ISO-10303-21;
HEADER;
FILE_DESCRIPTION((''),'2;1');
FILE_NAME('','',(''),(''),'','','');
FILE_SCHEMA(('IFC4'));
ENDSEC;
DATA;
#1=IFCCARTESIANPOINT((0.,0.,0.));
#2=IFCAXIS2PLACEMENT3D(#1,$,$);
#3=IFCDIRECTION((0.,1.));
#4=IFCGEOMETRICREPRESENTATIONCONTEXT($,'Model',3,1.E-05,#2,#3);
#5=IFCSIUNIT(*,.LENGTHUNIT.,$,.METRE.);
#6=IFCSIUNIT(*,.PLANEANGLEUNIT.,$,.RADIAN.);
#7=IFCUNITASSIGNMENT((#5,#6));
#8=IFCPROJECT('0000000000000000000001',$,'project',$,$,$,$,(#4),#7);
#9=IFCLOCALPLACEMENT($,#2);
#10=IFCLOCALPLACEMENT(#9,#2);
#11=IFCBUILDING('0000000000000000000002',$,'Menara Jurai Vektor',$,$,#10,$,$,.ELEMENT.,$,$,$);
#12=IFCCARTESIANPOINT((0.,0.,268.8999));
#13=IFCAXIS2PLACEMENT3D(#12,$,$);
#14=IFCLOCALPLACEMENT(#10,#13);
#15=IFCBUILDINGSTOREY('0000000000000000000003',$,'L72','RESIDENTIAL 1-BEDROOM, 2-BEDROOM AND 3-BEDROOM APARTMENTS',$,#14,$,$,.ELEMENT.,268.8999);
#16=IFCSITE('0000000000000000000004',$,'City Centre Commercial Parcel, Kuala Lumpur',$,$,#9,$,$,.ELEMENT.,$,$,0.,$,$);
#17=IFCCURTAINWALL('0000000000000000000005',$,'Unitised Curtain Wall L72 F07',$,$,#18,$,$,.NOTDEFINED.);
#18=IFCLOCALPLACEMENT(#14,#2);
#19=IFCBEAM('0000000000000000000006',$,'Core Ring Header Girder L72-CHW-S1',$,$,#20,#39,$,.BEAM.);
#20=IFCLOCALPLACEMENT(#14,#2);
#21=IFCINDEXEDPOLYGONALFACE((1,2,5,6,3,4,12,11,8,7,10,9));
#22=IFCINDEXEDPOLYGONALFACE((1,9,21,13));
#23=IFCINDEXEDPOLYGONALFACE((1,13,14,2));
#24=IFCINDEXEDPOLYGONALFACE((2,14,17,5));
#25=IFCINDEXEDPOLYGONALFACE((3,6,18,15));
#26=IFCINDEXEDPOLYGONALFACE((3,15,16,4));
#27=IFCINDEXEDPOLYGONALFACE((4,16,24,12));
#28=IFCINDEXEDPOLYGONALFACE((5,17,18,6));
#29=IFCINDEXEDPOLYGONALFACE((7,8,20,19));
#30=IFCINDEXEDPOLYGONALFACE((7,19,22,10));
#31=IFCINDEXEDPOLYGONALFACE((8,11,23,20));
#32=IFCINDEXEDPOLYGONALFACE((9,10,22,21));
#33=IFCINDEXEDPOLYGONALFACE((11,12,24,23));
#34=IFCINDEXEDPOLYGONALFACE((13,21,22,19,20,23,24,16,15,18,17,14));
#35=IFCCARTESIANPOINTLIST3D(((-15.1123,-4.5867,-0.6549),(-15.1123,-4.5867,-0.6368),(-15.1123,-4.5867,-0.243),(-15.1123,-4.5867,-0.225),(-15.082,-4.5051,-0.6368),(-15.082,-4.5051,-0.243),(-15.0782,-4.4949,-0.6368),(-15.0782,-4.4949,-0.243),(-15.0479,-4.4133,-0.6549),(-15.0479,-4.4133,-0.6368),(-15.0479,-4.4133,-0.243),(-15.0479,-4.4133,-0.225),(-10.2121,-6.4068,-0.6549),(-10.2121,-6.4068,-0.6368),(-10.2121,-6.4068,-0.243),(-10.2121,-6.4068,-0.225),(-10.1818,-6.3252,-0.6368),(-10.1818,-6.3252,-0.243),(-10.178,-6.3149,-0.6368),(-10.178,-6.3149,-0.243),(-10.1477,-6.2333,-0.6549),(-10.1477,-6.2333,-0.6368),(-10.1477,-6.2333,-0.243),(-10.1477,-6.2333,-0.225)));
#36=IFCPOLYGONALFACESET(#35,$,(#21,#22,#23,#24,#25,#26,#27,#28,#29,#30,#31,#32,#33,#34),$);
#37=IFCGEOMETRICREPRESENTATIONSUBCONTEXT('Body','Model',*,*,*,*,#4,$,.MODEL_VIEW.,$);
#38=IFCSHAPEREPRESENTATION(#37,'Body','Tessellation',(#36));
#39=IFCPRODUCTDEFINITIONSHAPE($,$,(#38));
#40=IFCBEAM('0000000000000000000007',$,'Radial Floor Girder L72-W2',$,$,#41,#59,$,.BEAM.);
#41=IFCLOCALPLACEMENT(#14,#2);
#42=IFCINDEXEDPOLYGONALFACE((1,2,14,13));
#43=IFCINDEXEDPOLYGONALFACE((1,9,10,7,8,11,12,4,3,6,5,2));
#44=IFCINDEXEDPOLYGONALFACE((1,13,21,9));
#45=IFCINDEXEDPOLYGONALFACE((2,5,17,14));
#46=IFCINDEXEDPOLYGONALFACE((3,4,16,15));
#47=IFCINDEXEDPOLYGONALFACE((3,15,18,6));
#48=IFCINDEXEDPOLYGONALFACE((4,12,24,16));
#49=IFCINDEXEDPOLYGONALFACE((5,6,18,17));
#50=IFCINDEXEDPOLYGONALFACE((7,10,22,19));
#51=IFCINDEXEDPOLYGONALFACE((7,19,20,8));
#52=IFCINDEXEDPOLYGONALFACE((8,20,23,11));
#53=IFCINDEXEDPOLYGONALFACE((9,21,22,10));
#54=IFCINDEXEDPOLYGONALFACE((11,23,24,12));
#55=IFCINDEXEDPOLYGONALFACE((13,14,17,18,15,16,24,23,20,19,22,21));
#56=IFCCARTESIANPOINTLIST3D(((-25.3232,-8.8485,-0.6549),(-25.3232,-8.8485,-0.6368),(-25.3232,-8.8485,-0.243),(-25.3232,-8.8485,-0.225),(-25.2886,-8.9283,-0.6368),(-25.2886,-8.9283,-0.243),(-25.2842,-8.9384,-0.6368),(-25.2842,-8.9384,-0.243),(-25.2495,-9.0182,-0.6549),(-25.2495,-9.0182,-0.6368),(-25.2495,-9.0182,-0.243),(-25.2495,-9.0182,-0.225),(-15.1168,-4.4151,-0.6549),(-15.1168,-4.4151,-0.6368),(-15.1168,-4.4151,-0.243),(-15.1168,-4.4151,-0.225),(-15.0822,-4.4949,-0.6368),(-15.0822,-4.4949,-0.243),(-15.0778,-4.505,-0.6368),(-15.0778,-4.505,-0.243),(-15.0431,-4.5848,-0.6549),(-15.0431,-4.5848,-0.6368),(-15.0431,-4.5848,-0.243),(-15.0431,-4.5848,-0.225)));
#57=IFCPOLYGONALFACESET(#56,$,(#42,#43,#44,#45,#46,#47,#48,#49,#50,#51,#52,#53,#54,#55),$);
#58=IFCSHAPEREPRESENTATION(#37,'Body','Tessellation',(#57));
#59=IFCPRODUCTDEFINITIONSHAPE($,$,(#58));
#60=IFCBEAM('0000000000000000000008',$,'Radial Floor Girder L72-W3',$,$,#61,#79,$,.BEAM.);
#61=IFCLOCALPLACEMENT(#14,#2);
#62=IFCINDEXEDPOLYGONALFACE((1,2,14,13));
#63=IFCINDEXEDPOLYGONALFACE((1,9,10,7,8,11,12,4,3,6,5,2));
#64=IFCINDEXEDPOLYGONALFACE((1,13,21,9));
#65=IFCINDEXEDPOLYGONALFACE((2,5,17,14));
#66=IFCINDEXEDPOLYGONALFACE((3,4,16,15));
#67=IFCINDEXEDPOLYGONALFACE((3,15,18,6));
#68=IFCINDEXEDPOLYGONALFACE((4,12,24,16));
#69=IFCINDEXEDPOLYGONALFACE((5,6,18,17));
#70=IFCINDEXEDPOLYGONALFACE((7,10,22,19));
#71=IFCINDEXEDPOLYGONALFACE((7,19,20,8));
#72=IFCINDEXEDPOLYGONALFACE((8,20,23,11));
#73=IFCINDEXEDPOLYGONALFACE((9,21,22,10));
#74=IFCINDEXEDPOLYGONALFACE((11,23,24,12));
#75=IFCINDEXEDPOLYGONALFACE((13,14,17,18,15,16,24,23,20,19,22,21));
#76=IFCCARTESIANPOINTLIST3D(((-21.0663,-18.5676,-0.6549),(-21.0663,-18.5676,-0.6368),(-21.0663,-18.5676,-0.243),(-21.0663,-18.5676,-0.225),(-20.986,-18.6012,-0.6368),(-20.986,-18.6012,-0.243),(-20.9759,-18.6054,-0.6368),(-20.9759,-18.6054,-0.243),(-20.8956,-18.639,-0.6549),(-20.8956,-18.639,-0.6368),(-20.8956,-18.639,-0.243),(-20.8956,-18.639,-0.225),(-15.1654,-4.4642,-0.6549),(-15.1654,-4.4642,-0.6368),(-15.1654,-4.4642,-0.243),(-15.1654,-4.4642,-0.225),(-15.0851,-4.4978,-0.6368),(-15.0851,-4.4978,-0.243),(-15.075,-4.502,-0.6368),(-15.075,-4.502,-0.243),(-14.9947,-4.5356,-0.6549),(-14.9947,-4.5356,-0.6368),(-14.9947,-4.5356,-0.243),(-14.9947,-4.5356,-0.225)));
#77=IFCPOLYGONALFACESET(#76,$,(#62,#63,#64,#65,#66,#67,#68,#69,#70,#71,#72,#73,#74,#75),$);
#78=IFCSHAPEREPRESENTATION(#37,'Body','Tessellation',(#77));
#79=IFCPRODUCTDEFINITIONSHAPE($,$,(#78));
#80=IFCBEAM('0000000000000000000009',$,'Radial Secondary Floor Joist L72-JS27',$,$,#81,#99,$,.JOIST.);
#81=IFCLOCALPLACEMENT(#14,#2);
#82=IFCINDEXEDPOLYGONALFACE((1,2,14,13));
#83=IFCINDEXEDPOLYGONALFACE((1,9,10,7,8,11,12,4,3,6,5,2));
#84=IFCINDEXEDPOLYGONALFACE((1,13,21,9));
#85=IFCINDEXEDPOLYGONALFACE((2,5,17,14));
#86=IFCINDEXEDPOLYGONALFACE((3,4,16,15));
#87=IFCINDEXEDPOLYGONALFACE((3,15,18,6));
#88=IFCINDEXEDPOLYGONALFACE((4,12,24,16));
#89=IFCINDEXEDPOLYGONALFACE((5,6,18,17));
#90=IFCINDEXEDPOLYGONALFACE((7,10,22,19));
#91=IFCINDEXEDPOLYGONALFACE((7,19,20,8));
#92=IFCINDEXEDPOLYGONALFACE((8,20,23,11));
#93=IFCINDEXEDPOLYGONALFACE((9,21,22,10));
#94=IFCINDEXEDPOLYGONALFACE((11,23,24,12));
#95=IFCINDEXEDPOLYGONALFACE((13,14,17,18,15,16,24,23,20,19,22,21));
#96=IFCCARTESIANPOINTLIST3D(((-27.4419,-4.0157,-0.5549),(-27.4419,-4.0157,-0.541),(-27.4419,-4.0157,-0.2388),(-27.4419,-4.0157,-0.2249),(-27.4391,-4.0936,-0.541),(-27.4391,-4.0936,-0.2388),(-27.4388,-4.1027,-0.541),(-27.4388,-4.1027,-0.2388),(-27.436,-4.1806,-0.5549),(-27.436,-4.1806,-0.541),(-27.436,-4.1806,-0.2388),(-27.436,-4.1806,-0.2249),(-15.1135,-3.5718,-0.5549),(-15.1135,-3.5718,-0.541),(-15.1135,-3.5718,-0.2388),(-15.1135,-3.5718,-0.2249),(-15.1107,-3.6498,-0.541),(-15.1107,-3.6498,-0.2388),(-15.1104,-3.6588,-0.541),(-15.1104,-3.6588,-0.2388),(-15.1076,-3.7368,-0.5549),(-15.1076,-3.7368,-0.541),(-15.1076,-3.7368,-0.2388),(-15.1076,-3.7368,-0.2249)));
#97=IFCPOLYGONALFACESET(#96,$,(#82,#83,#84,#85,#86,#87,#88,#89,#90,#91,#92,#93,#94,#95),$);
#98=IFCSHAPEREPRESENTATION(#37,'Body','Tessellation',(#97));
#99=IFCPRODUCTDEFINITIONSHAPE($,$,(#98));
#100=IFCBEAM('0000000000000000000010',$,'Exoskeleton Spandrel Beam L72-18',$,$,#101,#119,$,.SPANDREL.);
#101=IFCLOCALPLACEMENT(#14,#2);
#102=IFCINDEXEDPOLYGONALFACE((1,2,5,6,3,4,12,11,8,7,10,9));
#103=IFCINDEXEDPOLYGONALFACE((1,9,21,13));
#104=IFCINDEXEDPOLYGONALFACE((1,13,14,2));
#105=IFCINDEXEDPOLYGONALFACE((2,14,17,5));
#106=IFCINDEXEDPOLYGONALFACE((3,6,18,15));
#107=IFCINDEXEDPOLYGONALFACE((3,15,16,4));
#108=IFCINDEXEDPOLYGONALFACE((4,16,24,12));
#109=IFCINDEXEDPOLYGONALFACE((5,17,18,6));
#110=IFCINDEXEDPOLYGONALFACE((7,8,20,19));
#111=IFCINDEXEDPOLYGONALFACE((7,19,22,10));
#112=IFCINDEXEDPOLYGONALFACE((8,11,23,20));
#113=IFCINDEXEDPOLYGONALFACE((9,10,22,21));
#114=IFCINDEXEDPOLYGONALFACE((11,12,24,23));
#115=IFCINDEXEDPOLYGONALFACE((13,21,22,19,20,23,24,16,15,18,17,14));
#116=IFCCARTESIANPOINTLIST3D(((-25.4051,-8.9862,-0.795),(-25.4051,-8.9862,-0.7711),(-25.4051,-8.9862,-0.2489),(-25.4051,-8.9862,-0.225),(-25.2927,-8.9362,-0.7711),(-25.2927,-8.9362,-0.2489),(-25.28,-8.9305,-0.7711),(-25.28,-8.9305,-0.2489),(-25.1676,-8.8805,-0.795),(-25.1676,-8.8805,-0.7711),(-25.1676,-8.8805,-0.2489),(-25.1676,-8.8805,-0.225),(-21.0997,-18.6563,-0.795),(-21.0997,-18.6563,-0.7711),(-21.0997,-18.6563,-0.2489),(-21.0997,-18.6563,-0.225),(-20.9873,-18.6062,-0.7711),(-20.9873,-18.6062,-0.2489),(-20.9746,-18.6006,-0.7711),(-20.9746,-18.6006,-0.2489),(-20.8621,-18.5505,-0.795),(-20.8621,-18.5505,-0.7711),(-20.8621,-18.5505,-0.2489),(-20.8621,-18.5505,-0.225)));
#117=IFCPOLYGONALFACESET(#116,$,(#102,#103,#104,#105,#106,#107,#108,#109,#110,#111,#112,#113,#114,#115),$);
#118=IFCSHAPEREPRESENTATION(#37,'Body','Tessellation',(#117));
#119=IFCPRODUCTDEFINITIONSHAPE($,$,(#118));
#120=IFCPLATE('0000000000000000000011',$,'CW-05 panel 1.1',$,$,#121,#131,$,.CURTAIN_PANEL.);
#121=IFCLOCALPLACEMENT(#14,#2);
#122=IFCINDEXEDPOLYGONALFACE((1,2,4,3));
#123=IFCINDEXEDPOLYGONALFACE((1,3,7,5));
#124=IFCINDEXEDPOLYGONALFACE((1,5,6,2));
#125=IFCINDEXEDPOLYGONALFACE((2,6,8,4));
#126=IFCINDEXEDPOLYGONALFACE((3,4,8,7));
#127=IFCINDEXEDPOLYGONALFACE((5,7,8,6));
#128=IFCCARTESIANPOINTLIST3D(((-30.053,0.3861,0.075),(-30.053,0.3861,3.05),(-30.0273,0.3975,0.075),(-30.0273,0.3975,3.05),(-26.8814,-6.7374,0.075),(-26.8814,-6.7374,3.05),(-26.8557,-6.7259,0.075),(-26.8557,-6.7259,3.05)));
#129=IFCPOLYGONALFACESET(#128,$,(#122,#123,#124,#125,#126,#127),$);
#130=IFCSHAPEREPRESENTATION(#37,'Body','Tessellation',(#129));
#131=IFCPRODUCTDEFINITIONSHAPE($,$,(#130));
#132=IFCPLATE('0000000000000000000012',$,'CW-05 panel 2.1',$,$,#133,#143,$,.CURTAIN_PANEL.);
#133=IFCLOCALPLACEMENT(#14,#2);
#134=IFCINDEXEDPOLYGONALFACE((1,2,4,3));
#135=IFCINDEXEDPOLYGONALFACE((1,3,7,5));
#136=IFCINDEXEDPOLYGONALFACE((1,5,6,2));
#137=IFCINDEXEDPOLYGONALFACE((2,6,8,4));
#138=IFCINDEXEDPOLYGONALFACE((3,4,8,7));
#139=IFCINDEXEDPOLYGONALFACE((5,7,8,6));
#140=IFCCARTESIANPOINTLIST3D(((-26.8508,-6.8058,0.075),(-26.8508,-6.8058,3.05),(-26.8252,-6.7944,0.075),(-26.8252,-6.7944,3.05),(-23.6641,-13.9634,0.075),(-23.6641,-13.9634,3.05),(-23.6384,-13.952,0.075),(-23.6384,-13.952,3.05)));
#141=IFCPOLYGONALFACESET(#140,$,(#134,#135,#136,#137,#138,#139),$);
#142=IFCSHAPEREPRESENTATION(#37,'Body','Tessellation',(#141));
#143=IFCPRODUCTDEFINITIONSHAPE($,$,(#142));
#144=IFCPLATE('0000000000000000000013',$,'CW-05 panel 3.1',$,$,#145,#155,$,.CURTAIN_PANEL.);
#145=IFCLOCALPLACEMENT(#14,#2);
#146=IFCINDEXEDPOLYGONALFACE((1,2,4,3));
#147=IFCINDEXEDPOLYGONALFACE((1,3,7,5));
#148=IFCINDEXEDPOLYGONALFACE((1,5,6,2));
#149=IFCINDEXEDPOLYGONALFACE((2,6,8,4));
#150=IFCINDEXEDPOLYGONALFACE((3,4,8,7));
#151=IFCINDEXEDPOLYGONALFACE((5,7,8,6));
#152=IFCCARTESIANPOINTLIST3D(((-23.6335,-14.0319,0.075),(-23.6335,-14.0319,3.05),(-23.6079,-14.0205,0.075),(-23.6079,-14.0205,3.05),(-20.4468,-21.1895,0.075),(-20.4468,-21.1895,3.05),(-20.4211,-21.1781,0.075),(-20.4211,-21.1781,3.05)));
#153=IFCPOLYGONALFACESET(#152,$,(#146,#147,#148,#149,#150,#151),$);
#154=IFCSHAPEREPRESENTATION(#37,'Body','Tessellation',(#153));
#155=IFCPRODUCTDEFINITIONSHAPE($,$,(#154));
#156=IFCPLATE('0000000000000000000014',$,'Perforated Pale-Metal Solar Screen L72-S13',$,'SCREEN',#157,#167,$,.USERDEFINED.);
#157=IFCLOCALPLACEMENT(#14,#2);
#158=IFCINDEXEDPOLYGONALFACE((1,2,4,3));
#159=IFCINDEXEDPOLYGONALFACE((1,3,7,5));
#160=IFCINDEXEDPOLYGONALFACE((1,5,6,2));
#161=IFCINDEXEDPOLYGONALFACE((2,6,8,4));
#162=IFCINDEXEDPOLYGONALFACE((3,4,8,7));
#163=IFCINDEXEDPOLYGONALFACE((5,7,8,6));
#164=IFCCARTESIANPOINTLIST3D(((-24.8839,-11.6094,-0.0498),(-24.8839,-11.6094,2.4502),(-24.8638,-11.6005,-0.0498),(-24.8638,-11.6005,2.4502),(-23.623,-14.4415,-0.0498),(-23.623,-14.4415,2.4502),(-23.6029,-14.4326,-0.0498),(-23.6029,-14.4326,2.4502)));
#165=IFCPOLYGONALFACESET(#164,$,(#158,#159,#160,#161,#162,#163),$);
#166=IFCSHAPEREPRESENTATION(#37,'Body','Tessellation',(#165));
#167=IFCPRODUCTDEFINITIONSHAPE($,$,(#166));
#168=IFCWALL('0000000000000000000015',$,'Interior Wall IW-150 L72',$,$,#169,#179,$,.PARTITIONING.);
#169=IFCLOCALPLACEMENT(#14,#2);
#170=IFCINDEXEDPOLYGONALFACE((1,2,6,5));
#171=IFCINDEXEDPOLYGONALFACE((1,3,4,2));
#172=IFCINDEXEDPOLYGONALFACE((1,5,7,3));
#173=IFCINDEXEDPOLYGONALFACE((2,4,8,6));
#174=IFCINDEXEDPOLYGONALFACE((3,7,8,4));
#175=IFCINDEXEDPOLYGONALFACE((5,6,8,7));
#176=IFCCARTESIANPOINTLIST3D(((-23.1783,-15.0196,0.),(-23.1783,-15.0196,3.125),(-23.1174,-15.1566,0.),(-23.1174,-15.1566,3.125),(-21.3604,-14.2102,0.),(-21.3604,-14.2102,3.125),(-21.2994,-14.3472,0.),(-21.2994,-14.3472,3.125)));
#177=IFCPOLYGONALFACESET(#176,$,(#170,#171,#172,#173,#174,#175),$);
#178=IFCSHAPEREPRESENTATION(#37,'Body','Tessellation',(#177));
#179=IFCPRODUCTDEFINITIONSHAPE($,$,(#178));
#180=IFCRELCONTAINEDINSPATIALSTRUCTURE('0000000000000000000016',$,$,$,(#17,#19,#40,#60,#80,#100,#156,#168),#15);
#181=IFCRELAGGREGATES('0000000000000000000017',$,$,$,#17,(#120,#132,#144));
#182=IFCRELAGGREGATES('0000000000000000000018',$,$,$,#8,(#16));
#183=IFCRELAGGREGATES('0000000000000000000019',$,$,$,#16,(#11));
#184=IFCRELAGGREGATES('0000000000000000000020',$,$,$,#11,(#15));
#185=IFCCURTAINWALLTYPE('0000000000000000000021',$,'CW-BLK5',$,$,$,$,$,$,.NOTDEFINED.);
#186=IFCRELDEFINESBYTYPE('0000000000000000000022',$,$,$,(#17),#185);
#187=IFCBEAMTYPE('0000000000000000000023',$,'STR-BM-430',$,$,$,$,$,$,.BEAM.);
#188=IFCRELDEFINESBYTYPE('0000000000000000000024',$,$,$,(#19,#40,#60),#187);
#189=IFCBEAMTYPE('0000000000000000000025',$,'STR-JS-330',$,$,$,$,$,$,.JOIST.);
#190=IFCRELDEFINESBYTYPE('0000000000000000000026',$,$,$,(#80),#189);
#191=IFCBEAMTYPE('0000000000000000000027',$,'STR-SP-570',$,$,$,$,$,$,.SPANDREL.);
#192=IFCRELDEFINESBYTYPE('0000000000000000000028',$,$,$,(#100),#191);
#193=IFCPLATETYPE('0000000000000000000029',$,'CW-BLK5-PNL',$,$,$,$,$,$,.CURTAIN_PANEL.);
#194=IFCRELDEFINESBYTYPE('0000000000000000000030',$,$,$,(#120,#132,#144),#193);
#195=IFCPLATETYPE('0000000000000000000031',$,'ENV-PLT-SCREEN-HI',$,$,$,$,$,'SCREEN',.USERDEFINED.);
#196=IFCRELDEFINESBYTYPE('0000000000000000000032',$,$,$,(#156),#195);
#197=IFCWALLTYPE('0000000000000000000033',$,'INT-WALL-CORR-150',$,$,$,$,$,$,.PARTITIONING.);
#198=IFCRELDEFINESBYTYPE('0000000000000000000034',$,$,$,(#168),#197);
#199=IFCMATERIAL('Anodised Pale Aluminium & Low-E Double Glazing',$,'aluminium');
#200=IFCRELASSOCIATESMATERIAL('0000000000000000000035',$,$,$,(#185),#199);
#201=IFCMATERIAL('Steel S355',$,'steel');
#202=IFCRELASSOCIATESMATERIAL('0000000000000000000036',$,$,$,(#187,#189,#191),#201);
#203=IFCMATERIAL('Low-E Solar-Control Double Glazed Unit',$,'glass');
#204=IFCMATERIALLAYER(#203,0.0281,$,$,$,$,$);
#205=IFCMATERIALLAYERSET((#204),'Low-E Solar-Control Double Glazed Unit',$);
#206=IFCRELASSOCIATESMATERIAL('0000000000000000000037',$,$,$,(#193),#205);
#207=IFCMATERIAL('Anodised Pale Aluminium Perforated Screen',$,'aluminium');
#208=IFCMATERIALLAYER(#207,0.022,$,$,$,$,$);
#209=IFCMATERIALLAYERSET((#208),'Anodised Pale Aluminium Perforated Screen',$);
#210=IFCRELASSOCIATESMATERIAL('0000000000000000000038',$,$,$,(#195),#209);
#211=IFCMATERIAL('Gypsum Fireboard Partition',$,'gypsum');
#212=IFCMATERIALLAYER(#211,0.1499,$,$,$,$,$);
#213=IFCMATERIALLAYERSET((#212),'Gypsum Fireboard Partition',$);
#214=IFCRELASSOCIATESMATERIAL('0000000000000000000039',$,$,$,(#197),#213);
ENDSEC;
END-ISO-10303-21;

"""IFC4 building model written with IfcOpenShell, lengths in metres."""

from ifc_helpers import new_model, si_unit, direction, frame, frame_2d, origin, origin_2d, place, context, subcontext, project, spatial, rectangle, i_section, extrude, material, layer, layer_set, material_profile, profile_set, type_object, element, aggregate, save


model = new_model("IFC4")

# Units and contexts
model_context = context("Model", 3, precision=1e-05, world=origin(), true_north=direction((0.0, 1.0)))
body_context = subcontext(model_context, "Body", "Model", "MODEL_VIEW")
ifc_project = project(units=[si_unit("LENGTHUNIT", "METRE"), si_unit("PLANEANGLEUNIT", "RADIAN")], contexts=[model_context])

# Site, building, storey
site_placement = place(None, origin())
site = spatial("IfcSite", under=ifc_project, at=site_placement, Name="City Centre Commercial Parcel, Kuala Lumpur", CompositionType="ELEMENT", RefElevation=0.0)
building_placement = place(site_placement, origin())
building = spatial("IfcBuilding", under=site, at=building_placement, Name="Menara Jurai Vektor", CompositionType="ELEMENT")
storey_placement = place(building_placement, frame((0.0, 0.0, 268.8999)))
storey = spatial("IfcBuildingStorey", under=building, at=storey_placement, Name="L72", Description="RESIDENTIAL 1-BEDROOM, 2-BEDROOM AND 3-BEDROOM APARTMENTS", CompositionType="ELEMENT", Elevation=268.8999)

# Curtain wall
ifc_material_1 = material(Name="Anodised Pale Aluminium & Low-E Double Glazing", Category="aluminium")
curtain_wall_type = type_object("IfcCurtainWallType", Name="CW-BLK5", PredefinedType="NOTDEFINED", material=ifc_material_1)
curtain_wall_placement = place(storey_placement, origin())
curtain_wall = element("IfcCurtainWall", 1, at=curtain_wall_placement, inside=storey, type_object=curtain_wall_type, Name="Unitised Curtain Wall L72 F07", PredefinedType="NOTDEFINED")

# Beams
ifc_material_2 = material(Name="Steel S355", Category="steel")
ifc_material_profile_1 = material_profile(ifc_material_2, i_section(OverallWidth=0.1851, OverallDepth=0.4299, WebThickness=0.011, FlangeThickness=0.0181, at=origin_2d()), Name="PG 430x185x76")
ifc_profile_set_1 = profile_set([ifc_material_profile_1], Name="Steel S355")
beam_type_1 = type_object("IfcBeamType", Name="STR-BM-430", PredefinedType="BEAM", material=ifc_profile_set_1)
beam_1_placement = place(storey_placement, frame((-15.0801, -4.5, -0.4399), z_axis=(0.937424, -0.348189, 0.0), x_axis=(0.348189, 0.937424, 0.0)))
element("IfcBeam", 2, at=beam_1_placement, inside=storey, type_object=beam_type_1, Name="Core Ring Header Girder L72-CHW-S1", PredefinedType="BEAM", context=body_context, shape_type="SweptSolid", body=[
    extrude(i_section(OverallWidth=0.1851, OverallDepth=0.4299, WebThickness=0.011, FlangeThickness=0.0181, at=origin_2d()), origin(), (0.0, 0.0, 1.0), 5.2273),
])
beam_2_placement = place(storey_placement, frame((-25.2864, -8.9333, -0.4399), z_axis=(0.917207, 0.398411, 0.0), x_axis=(-0.398411, 0.917207, 0.0)))
element("IfcBeam", 3, at=beam_2_placement, inside=storey, type_object=beam_type_1, Name="Radial Floor Girder L72-W2", PredefinedType="BEAM", context=body_context, shape_type="SweptSolid", body=[
    extrude(i_section(OverallWidth=0.1851, OverallDepth=0.4299, WebThickness=0.011, FlangeThickness=0.0181, at=origin_2d()), origin(), (0.0, 0.0, 1.0), 11.1277),
])
beam_3_placement = place(storey_placement, frame((-20.981, -18.6033, -0.4399), z_axis=(0.385981, 0.922507, 0.0), x_axis=(-0.922507, 0.385981, 0.0)))
element("IfcBeam", 4, at=beam_3_placement, inside=storey, type_object=beam_type_1, Name="Radial Floor Girder L72-W3", PredefinedType="BEAM", context=body_context, shape_type="SweptSolid", body=[
    extrude(i_section(OverallWidth=0.1851, OverallDepth=0.4299, WebThickness=0.011, FlangeThickness=0.0181, at=origin_2d()), origin(), (0.0, 0.0, 1.0), 15.2881),
])
ifc_material_profile_2 = material_profile(ifc_material_2, i_section(OverallWidth=0.165, OverallDepth=0.3301, WebThickness=0.009, FlangeThickness=0.0139, at=origin_2d()), Name="PG 330x165x46")
ifc_profile_set_2 = profile_set([ifc_material_profile_2], Name="Steel S355")
beam_type_2 = type_object("IfcBeamType", Name="STR-JS-330", PredefinedType="JOIST", material=ifc_profile_set_2)
beam_4_placement = place(storey_placement, frame((-27.439, -4.0981, -0.3899), z_axis=(0.999353, 0.035979, 0.0), x_axis=(-0.035979, 0.999353, 0.0)))
element("IfcBeam", 5, at=beam_4_placement, inside=storey, type_object=beam_type_2, Name="Radial Secondary Floor Joist L72-JS27", PredefinedType="JOIST", context=body_context, shape_type="SweptSolid", body=[
    extrude(i_section(OverallWidth=0.165, OverallDepth=0.3301, WebThickness=0.009, FlangeThickness=0.0139, at=origin_2d()), origin(), (0.0, 0.0, 1.0), 12.3364),
])
ifc_material_profile_3 = material_profile(ifc_material_2, i_section(OverallWidth=0.26, OverallDepth=0.5701, WebThickness=0.0139, FlangeThickness=0.0239, at=origin_2d()), Name="PG 570x260x145")
ifc_profile_set_3 = profile_set([ifc_material_profile_3], Name="Steel S355")
beam_type_3 = type_object("IfcBeamType", Name="STR-SP-570", PredefinedType="SPANDREL", material=ifc_profile_set_3)
beam_5_placement = place(storey_placement, frame((-25.2864, -8.9333, -0.51), z_axis=(0.406744, -0.913542, 0.0), x_axis=(0.913542, 0.406744, 0.0)))
element("IfcBeam", 6, at=beam_5_placement, inside=storey, type_object=beam_type_3, Name="Exoskeleton Spandrel Beam L72-18", PredefinedType="SPANDREL", context=body_context, shape_type="SweptSolid", body=[
    extrude(i_section(OverallWidth=0.26, OverallDepth=0.5701, WebThickness=0.0139, FlangeThickness=0.0239, at=origin_2d()), origin(), (0.0, 0.0, 1.0), 10.5852),
])

# Plates
ifc_material_3 = material(Name="Low-E Solar-Control Double Glazed Unit", Category="glass")
ifc_layer_1 = layer(ifc_material_3, 0.0281)
ifc_layer_set_1 = layer_set([ifc_layer_1], Name="Low-E Solar-Control Double Glazed Unit")
plate_type_1 = type_object("IfcPlateType", Name="CW-BLK5-PNL", PredefinedType="CURTAIN_PANEL", material=ifc_layer_set_1)
plate_1_placement = place(storey_placement, frame((-28.4543, -3.1699, 0.075), z_axis=(0.0, 0.0, 1.0), x_axis=(0.406735, -0.913546, 0.0)))
plate_1 = element("IfcPlate", 7, at=plate_1_placement, type_object=plate_type_1, Name="CW-05 panel 1.1", PredefinedType="CURTAIN_PANEL", context=body_context, shape_type="SweptSolid", body=[
    extrude(rectangle(XDim=7.7976, YDim=0.0281, at=origin_2d()), origin(), (0.0, 0.0, 1.0), 2.9751),
])
plate_2_placement = place(storey_placement, frame((-25.2446, -10.3789, 0.075), z_axis=(0.0, 0.0, 1.0), x_axis=(0.406735, -0.913546, 0.0)))
plate_2 = element("IfcPlate", 8, at=plate_2_placement, type_object=plate_type_1, Name="CW-05 panel 2.1", PredefinedType="CURTAIN_PANEL", context=body_context, shape_type="SweptSolid", body=[
    extrude(rectangle(XDim=7.835, YDim=0.0281, at=origin_2d()), origin(), (0.0, 0.0, 1.0), 2.9751),
])
plate_3_placement = place(storey_placement, frame((-22.0273, -17.605, 0.075), z_axis=(0.0, 0.0, 1.0), x_axis=(0.406735, -0.913546, 0.0)))
plate_3 = element("IfcPlate", 9, at=plate_3_placement, type_object=plate_type_1, Name="CW-05 panel 3.1", PredefinedType="CURTAIN_PANEL", context=body_context, shape_type="SweptSolid", body=[
    extrude(rectangle(XDim=7.835, YDim=0.0281, at=origin_2d()), origin(), (0.0, 0.0, 1.0), 2.9751),
])
aggregate(curtain_wall, [plate_1, plate_2, plate_3])
ifc_material_4 = material(Name="Anodised Pale Aluminium Perforated Screen", Category="aluminium")
ifc_layer_2 = layer(ifc_material_4, 0.022)
ifc_layer_set_2 = layer_set([ifc_layer_2], Name="Anodised Pale Aluminium Perforated Screen")
plate_type_2 = type_object("IfcPlateType", Name="ENV-PLT-SCREEN-HI", ElementType="SCREEN", PredefinedType="USERDEFINED", material=ifc_layer_set_2)
plate_4_placement = place(storey_placement, frame((-24.2434, -13.021, -0.0498), z_axis=(0.0, 0.0, 1.0), x_axis=(0.406737, -0.913545, 0.0)))
element("IfcPlate", 10, at=plate_4_placement, inside=storey, type_object=plate_type_2, Name="Perforated Pale-Metal Solar Screen L72-S13", ObjectType="SCREEN", PredefinedType="USERDEFINED", context=body_context, shape_type="SweptSolid", body=[
    extrude(rectangle(XDim=3.1001, YDim=0.022, at=origin_2d()), origin(), (0.0, 0.0, 1.0), 2.5),
])

# Wall
ifc_material_5 = material(Name="Gypsum Fireboard Partition", Category="gypsum")
ifc_layer_3 = layer(ifc_material_5, 0.1499)
ifc_layer_set_3 = layer_set([ifc_layer_3], Name="Gypsum Fireboard Partition")
wall_type_1 = type_object("IfcWallType", Name="INT-WALL-CORR-150", PredefinedType="PARTITIONING", material=ifc_layer_set_3)
wall_1_placement = place(storey_placement, frame((-23.1479, -15.0881, 0.0), z_axis=(0.0, 0.0, 1.0), x_axis=(0.913553, 0.406719, 0.0)))
element("IfcWall", 11, at=wall_1_placement, inside=storey, type_object=wall_type_1, Name="Interior Wall IW-150 L72", PredefinedType="PARTITIONING", context=body_context, shape_type="SweptSolid", body=[
    extrude(rectangle(XDim=1.99, YDim=0.1499, at=frame_2d((0.9951, 0.0))), origin(), (0.0, 0.0, 1.0), 3.125),
])

save(model, "model.ifc")
